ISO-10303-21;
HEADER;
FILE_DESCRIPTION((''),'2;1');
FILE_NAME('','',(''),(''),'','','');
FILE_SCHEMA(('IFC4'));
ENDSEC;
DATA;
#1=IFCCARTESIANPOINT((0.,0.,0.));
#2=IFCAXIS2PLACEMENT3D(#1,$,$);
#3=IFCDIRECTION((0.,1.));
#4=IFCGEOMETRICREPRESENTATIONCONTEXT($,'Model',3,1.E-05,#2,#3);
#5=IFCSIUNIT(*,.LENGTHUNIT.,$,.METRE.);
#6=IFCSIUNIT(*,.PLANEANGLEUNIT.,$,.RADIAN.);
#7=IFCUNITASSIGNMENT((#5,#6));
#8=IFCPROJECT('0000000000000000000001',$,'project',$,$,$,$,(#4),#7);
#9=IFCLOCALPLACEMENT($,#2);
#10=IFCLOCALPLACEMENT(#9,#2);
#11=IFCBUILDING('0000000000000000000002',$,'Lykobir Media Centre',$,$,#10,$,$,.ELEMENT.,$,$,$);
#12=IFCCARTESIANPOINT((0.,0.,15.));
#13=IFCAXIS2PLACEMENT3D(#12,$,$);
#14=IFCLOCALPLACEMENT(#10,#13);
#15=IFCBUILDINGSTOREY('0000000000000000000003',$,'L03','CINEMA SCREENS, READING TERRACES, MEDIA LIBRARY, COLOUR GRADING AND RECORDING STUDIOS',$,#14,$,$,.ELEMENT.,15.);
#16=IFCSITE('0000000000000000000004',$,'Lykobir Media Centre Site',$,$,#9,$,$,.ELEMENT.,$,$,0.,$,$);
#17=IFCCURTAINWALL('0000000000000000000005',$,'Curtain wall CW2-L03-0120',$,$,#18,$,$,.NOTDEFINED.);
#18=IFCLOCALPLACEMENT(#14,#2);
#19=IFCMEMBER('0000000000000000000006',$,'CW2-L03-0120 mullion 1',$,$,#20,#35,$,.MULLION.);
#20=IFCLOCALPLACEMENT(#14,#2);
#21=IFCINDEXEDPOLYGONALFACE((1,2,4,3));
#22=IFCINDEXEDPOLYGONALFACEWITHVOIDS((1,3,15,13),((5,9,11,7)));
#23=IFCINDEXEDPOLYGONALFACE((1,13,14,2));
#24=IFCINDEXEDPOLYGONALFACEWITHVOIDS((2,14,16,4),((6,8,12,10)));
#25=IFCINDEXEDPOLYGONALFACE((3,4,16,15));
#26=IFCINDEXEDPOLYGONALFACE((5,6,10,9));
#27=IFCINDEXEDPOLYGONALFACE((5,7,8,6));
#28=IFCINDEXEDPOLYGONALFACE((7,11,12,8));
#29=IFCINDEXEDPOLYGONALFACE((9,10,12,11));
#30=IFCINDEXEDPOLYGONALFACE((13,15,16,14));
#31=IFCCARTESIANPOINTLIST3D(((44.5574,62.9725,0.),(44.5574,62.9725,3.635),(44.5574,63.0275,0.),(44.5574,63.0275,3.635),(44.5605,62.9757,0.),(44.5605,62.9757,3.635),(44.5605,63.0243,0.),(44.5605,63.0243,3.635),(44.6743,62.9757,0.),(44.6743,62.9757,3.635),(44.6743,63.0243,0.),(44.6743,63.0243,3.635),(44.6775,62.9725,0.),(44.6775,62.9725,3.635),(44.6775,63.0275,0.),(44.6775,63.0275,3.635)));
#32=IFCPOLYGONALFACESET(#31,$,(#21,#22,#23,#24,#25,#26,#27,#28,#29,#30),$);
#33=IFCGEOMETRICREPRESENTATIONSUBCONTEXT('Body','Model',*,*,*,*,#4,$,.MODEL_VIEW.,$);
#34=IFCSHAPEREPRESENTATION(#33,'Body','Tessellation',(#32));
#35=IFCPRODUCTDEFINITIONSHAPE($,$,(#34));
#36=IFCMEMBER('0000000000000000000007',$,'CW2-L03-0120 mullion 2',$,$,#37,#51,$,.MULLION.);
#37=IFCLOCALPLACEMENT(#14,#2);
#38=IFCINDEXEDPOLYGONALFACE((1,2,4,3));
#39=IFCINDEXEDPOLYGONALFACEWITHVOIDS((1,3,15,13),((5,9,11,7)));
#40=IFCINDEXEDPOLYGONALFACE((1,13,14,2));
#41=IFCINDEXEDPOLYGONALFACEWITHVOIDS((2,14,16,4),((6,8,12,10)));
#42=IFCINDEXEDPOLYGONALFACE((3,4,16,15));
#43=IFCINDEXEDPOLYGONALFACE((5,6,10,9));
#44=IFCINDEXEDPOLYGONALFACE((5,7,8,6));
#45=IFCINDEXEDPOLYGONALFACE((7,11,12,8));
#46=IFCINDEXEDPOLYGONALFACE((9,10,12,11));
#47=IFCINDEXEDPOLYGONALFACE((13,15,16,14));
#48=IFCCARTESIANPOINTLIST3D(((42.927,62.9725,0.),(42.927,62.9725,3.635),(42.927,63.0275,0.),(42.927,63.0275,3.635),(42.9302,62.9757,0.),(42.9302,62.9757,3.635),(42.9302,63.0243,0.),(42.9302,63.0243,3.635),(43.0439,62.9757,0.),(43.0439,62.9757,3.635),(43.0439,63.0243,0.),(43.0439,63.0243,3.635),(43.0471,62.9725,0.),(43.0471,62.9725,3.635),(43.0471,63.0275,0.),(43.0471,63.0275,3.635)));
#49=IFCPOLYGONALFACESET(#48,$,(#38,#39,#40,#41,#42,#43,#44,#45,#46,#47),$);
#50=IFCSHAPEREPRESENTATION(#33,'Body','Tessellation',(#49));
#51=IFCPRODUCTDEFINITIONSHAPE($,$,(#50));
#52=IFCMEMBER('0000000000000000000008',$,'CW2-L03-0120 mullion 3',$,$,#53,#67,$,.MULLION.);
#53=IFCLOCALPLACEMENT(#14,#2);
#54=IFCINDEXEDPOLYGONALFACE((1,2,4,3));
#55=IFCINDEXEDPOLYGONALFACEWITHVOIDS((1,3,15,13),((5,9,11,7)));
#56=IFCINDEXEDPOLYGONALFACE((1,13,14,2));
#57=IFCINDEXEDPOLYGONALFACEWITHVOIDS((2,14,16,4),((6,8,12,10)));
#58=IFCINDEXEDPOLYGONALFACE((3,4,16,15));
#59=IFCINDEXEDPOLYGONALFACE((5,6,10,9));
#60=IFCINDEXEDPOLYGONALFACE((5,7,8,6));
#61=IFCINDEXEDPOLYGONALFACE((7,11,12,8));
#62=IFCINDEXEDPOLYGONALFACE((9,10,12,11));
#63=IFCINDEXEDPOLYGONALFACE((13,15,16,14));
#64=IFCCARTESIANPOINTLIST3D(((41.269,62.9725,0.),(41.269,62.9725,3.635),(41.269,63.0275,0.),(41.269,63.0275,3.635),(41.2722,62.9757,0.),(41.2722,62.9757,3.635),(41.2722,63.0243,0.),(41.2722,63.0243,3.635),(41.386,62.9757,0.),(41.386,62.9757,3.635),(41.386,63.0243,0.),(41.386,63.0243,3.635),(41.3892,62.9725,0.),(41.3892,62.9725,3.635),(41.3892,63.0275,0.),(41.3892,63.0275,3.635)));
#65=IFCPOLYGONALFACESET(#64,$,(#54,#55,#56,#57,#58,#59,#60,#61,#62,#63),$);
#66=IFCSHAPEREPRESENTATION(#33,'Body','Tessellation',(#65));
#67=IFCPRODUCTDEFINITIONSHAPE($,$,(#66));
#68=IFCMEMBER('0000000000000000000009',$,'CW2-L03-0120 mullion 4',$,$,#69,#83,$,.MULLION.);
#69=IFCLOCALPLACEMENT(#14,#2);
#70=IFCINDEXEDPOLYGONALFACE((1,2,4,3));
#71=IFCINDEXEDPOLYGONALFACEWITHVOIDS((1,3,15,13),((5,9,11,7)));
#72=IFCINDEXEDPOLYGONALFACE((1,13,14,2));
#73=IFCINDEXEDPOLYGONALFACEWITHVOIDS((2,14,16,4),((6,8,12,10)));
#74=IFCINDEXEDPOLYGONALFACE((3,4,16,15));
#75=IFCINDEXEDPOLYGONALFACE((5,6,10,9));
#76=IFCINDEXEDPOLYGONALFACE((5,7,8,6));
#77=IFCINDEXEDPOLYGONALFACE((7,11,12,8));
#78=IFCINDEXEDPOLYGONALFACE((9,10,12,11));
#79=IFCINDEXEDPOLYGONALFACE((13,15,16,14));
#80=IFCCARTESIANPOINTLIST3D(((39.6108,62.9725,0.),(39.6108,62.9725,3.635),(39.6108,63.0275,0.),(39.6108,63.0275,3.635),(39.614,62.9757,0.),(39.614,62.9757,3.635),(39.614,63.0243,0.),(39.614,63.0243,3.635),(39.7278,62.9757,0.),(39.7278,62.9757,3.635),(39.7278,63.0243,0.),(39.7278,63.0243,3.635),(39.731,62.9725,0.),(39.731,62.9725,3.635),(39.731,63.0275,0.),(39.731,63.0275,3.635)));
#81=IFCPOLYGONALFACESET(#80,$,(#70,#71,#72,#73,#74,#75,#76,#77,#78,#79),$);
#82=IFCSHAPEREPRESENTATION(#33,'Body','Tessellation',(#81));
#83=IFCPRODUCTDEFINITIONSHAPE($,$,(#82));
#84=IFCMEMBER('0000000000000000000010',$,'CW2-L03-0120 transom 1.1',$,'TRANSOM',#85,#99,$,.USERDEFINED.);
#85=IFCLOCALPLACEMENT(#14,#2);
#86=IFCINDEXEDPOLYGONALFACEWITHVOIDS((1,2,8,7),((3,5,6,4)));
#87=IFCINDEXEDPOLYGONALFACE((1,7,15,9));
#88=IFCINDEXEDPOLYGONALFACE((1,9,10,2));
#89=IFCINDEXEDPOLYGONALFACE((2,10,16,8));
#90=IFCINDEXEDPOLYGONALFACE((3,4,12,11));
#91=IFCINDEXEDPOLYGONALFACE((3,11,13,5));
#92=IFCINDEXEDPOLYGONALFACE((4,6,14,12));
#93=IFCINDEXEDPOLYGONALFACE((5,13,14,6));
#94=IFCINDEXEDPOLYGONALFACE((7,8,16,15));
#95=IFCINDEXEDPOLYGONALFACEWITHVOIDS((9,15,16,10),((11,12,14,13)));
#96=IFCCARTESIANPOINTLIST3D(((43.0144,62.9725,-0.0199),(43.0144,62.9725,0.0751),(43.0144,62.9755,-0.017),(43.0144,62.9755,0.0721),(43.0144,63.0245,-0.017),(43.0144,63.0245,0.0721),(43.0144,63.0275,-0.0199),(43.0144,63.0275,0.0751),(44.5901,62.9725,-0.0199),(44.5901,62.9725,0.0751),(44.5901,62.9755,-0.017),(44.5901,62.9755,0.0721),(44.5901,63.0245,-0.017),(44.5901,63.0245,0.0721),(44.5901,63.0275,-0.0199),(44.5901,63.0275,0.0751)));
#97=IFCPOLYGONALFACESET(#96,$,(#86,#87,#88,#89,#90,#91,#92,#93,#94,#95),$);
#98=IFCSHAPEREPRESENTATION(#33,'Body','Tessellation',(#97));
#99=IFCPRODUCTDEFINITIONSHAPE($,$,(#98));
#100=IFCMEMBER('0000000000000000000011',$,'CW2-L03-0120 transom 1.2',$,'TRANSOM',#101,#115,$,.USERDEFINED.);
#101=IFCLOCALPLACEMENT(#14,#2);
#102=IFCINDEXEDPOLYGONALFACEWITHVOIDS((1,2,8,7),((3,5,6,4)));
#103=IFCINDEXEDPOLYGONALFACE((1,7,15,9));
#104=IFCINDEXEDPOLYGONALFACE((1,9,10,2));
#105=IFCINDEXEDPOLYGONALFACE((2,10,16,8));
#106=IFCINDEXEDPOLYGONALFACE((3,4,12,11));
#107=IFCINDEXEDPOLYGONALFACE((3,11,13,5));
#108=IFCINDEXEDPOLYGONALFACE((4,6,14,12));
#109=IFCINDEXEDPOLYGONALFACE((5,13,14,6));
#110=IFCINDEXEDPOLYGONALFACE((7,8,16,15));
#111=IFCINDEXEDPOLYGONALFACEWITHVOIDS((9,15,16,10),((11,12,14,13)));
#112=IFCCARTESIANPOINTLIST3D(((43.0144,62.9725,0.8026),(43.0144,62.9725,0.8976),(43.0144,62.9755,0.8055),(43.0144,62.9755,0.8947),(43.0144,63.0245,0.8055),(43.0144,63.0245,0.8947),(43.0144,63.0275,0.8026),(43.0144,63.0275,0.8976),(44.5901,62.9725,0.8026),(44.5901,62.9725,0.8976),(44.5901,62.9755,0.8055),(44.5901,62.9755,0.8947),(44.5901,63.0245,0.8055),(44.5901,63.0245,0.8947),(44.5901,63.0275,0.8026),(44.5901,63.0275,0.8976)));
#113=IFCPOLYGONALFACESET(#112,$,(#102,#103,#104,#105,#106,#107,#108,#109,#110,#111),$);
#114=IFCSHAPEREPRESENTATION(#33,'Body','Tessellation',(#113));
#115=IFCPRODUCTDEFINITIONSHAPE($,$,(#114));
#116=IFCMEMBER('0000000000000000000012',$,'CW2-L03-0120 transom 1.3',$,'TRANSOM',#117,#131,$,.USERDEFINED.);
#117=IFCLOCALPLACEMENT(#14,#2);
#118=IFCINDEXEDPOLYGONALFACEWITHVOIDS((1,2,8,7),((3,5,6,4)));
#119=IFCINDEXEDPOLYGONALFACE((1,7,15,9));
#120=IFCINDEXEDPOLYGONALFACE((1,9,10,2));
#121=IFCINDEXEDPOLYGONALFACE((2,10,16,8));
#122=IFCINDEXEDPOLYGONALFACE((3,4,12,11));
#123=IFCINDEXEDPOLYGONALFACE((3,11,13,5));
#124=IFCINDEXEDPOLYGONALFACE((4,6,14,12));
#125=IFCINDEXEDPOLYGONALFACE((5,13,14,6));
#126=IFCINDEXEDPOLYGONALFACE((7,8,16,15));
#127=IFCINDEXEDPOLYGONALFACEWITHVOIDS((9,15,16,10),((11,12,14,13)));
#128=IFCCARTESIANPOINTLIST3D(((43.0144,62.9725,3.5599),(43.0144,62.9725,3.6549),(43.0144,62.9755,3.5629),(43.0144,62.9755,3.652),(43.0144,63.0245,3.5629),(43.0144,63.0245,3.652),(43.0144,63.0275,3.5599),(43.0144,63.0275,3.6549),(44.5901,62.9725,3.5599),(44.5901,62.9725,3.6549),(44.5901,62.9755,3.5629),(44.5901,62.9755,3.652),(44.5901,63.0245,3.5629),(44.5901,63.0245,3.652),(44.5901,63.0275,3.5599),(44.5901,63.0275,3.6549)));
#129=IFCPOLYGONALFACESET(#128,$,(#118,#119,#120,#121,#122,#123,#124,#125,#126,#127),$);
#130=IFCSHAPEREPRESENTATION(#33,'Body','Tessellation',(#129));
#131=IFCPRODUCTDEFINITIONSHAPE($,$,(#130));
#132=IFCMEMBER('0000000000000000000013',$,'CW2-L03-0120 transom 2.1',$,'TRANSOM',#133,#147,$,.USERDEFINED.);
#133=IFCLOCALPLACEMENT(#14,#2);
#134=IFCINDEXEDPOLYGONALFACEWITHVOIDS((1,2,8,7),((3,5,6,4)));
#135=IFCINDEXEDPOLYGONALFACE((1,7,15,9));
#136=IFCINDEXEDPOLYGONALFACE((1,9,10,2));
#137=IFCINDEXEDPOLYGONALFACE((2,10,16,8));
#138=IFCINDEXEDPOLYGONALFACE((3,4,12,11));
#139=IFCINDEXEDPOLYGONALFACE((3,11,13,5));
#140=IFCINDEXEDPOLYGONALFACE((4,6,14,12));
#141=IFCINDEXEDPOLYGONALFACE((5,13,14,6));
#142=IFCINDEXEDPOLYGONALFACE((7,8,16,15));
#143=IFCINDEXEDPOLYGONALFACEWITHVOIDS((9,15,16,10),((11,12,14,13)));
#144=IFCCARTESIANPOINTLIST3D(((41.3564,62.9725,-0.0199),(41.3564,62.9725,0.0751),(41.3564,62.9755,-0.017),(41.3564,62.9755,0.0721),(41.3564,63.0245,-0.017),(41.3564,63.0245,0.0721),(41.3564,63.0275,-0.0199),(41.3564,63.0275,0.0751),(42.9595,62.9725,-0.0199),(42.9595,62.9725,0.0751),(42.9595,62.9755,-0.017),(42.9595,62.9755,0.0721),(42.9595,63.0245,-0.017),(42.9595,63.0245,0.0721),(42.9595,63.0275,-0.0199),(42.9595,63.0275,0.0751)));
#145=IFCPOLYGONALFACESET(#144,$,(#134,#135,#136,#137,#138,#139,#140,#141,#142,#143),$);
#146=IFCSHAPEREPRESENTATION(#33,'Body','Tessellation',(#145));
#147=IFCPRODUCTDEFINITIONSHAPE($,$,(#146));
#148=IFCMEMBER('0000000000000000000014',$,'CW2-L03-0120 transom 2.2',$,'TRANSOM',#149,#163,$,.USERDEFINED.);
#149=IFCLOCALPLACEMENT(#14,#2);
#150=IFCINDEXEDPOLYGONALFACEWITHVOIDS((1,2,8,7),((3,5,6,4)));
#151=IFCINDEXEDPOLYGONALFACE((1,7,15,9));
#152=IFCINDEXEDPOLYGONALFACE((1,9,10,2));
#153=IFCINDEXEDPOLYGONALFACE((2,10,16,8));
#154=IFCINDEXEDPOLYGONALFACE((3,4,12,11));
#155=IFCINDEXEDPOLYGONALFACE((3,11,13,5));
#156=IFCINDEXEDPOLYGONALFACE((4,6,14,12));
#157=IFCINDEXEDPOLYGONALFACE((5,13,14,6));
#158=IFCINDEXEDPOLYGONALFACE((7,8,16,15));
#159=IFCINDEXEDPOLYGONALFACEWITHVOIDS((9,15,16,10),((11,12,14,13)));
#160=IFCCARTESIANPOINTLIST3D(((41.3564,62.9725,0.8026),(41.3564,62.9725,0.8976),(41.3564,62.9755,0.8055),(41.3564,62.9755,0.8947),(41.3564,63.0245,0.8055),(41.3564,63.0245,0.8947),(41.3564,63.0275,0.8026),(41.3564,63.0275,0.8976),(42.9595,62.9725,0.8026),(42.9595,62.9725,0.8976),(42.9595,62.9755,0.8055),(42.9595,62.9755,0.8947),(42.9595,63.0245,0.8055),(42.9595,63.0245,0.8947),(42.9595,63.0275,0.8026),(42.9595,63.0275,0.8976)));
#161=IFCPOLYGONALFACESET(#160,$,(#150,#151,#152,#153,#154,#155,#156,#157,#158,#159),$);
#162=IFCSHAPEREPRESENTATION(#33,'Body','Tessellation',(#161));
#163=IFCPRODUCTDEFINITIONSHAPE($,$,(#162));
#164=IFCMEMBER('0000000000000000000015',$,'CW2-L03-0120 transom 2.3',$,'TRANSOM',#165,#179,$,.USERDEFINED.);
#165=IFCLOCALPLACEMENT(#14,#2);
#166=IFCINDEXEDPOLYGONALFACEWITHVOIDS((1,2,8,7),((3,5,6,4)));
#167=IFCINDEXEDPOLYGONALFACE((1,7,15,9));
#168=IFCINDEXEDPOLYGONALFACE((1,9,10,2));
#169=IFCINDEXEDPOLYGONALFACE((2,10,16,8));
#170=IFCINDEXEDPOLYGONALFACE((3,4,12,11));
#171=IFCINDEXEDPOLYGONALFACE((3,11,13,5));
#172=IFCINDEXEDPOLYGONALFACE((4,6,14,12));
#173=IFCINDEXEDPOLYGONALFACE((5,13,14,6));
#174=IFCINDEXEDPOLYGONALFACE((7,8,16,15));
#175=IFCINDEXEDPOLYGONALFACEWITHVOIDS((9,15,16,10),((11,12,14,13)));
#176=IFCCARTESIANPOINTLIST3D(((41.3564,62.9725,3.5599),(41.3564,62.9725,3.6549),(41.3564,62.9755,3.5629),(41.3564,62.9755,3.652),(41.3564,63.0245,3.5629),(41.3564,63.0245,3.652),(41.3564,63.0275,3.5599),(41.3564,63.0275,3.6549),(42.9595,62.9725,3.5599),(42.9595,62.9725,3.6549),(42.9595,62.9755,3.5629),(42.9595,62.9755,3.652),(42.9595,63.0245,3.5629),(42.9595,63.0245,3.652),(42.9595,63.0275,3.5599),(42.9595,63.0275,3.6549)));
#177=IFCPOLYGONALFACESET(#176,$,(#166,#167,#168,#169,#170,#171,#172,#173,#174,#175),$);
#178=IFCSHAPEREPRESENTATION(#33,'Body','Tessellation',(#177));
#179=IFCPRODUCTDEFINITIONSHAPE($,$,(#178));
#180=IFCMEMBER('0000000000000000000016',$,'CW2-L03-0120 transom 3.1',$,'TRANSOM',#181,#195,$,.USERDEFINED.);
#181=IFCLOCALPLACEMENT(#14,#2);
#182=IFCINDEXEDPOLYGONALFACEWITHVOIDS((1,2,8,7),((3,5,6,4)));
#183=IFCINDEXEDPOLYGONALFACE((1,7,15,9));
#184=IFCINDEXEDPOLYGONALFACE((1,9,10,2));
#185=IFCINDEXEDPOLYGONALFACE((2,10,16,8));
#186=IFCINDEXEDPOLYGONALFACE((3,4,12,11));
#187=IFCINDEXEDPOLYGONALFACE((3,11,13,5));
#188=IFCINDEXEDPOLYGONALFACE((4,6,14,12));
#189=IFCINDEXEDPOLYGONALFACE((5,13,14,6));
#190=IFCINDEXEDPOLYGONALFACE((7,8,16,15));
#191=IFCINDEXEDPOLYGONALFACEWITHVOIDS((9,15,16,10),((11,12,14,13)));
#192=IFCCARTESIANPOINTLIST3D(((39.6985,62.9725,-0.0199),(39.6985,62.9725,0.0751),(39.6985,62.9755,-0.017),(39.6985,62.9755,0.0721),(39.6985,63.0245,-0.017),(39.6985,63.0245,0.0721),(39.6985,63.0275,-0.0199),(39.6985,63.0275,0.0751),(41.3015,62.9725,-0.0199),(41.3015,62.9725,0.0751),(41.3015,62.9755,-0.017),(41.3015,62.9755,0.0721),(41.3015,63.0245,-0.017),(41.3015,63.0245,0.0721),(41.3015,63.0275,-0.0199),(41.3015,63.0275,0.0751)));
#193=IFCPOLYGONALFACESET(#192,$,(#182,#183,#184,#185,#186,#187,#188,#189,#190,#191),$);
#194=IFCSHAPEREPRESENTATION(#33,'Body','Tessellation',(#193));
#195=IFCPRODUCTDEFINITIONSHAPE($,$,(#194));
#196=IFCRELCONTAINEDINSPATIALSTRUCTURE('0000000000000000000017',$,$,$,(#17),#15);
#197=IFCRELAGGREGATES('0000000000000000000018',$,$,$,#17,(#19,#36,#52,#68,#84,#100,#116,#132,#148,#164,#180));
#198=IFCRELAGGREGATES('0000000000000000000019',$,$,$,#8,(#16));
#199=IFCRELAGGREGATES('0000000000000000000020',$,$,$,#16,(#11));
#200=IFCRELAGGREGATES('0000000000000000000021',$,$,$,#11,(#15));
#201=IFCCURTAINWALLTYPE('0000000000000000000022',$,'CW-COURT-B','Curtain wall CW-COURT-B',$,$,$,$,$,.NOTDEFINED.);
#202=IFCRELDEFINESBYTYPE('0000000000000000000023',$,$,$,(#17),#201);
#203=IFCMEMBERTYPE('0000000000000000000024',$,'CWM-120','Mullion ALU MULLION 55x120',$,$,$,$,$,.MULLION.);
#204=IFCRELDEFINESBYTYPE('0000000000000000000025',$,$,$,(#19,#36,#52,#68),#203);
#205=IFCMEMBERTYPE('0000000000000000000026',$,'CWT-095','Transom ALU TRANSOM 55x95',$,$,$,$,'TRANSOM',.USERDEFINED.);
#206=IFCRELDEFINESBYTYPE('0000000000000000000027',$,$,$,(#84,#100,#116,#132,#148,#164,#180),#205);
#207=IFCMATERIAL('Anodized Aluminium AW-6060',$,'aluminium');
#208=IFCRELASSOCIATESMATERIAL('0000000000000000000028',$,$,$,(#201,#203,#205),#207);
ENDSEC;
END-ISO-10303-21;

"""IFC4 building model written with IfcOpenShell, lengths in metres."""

from ifc_helpers import new_model, si_unit, direction, frame, origin, origin_2d, place, context, subcontext, project, spatial, hollow_rectangle, extrude, material, material_profile, profile_set, type_object, element, aggregate, save


model = new_model("IFC4")

# Units and contexts
model_context = context("Model", 3, precision=1e-05, world=origin(), true_north=direction((0.0, 1.0)))
body_context = subcontext(model_context, "Body", "Model", "MODEL_VIEW")
ifc_project = project(units=[si_unit("LENGTHUNIT", "METRE"), si_unit("PLANEANGLEUNIT", "RADIAN")], contexts=[model_context])

# Site, building, storey
site_placement = place(None, origin())
site = spatial("IfcSite", under=ifc_project, at=site_placement, Name="Lykobir Media Centre Site", CompositionType="ELEMENT", RefElevation=0.0)
building_placement = place(site_placement, origin())
building = spatial("IfcBuilding", under=site, at=building_placement, Name="Lykobir Media Centre", CompositionType="ELEMENT")
storey_placement = place(building_placement, frame((0.0, 0.0, 15.0)))
storey = spatial("IfcBuildingStorey", under=building, at=storey_placement, Name="L03", Description="CINEMA SCREENS, READING TERRACES, MEDIA LIBRARY, COLOUR GRADING AND RECORDING STUDIOS", CompositionType="ELEMENT", Elevation=15.0)

# Curtain wall, members
ifc_material_1 = material(Name="Anodized Aluminium AW-6060", Category="aluminium")
curtain_wall_type = type_object("IfcCurtainWallType", Name="CW-COURT-B", Description="Curtain wall CW-COURT-B", PredefinedType="NOTDEFINED", material=ifc_material_1)
curtain_wall_placement = place(storey_placement, origin())
curtain_wall = element("IfcCurtainWall", 1, at=curtain_wall_placement, inside=storey, type_object=curtain_wall_type, Name="Curtain wall CW2-L03-0120", PredefinedType="NOTDEFINED")
ifc_material_profile_1 = material_profile(ifc_material_1, hollow_rectangle(XDim=0.0549, YDim=0.1201, WallThickness=0.0032, at=origin_2d()), Name="ALU MULLION 55x120")
ifc_profile_set_1 = profile_set([ifc_material_profile_1], Name="Anodized Aluminium AW-6060")
member_type_1 = type_object("IfcMemberType", Name="CWM-120", Description="Mullion ALU MULLION 55x120", PredefinedType="MULLION", material=ifc_profile_set_1)
member_1_placement = place(storey_placement, frame((44.6174, 63.0, 0.0), z_axis=(0.0, 0.0, 1.0), x_axis=(0.0, -1.0, 0.0)))
member_1 = element("IfcMember", 2, at=member_1_placement, type_object=member_type_1, Name="CW2-L03-0120 mullion 1", PredefinedType="MULLION", context=body_context, shape_type="SweptSolid", body=[
    extrude(hollow_rectangle(XDim=0.0549, YDim=0.1201, WallThickness=0.0032, at=origin_2d()), origin(), (0.0, 0.0, 1.0), 3.635),
])
member_2_placement = place(storey_placement, frame((42.9871, 63.0, 0.0), z_axis=(0.0, 0.0, 1.0), x_axis=(0.0, -1.0, 0.0)))
member_2 = element("IfcMember", 3, at=member_2_placement, type_object=member_type_1, Name="CW2-L03-0120 mullion 2", PredefinedType="MULLION", context=body_context, shape_type="SweptSolid", body=[
    extrude(hollow_rectangle(XDim=0.0549, YDim=0.1201, WallThickness=0.0032, at=origin_2d()), origin(), (0.0, 0.0, 1.0), 3.635),
])
member_3_placement = place(storey_placement, frame((41.3291, 63.0, 0.0), z_axis=(0.0, 0.0, 1.0), x_axis=(0.0, -1.0, 0.0)))
member_3 = element("IfcMember", 4, at=member_3_placement, type_object=member_type_1, Name="CW2-L03-0120 mullion 3", PredefinedType="MULLION", context=body_context, shape_type="SweptSolid", body=[
    extrude(hollow_rectangle(XDim=0.0549, YDim=0.1201, WallThickness=0.0032, at=origin_2d()), origin(), (0.0, 0.0, 1.0), 3.635),
])
member_4_placement = place(storey_placement, frame((39.6709, 63.0, 0.0), z_axis=(0.0, 0.0, 1.0), x_axis=(0.0, -1.0, 0.0)))
member_4 = element("IfcMember", 5, at=member_4_placement, type_object=member_type_1, Name="CW2-L03-0120 mullion 4", PredefinedType="MULLION", context=body_context, shape_type="SweptSolid", body=[
    extrude(hollow_rectangle(XDim=0.0549, YDim=0.1201, WallThickness=0.0032, at=origin_2d()), origin(), (0.0, 0.0, 1.0), 3.635),
])
ifc_material_profile_2 = material_profile(ifc_material_1, hollow_rectangle(XDim=0.0549, YDim=0.095, WallThickness=0.0029, at=origin_2d()), Name="ALU TRANSOM 55x95")
ifc_profile_set_2 = profile_set([ifc_material_profile_2], Name="Anodized Aluminium AW-6060")
member_type_2 = type_object("IfcMemberType", Name="CWT-095", Description="Transom ALU TRANSOM 55x95", ElementType="TRANSOM", PredefinedType="USERDEFINED", material=ifc_profile_set_2)
member_5_placement = place(storey_placement, frame((44.5901, 63.0, 0.0276), z_axis=(-1.0, 0.0, 0.0), x_axis=(0.0, -1.0, 0.0)))
member_5 = element("IfcMember", 6, at=member_5_placement, type_object=member_type_2, Name="CW2-L03-0120 transom 1.1", ObjectType="TRANSOM", PredefinedType="USERDEFINED", context=body_context, shape_type="SweptSolid", body=[
    extrude(hollow_rectangle(XDim=0.0549, YDim=0.095, WallThickness=0.0029, at=origin_2d()), origin(), (0.0, 0.0, 1.0), 1.5757),
])
member_6_placement = place(storey_placement, frame((44.5901, 63.0, 0.8501), z_axis=(-1.0, 0.0, 0.0), x_axis=(0.0, -1.0, 0.0)))
member_6 = element("IfcMember", 7, at=member_6_placement, type_object=member_type_2, Name="CW2-L03-0120 transom 1.2", ObjectType="TRANSOM", PredefinedType="USERDEFINED", context=body_context, shape_type="SweptSolid", body=[
    extrude(hollow_rectangle(XDim=0.0549, YDim=0.095, WallThickness=0.0029, at=origin_2d()), origin(), (0.0, 0.0, 1.0), 1.5757),
])
member_7_placement = place(storey_placement, frame((44.5901, 63.0, 3.6074), z_axis=(-1.0, 0.0, 0.0), x_axis=(0.0, -1.0, 0.0)))
member_7 = element("IfcMember", 8, at=member_7_placement, type_object=member_type_2, Name="CW2-L03-0120 transom 1.3", ObjectType="TRANSOM", PredefinedType="USERDEFINED", context=body_context, shape_type="SweptSolid", body=[
    extrude(hollow_rectangle(XDim=0.0549, YDim=0.095, WallThickness=0.0029, at=origin_2d()), origin(), (0.0, 0.0, 1.0), 1.5757),
])
member_8_placement = place(storey_placement, frame((42.9595, 63.0, 0.0276), z_axis=(-1.0, 0.0, 0.0), x_axis=(0.0, -1.0, 0.0)))
member_8 = element("IfcMember", 9, at=member_8_placement, type_object=member_type_2, Name="CW2-L03-0120 transom 2.1", ObjectType="TRANSOM", PredefinedType="USERDEFINED", context=body_context, shape_type="SweptSolid", body=[
    extrude(hollow_rectangle(XDim=0.0549, YDim=0.095, WallThickness=0.0029, at=origin_2d()), origin(), (0.0, 0.0, 1.0), 1.603),
])
member_9_placement = place(storey_placement, frame((42.9595, 63.0, 0.8501), z_axis=(-1.0, 0.0, 0.0), x_axis=(0.0, -1.0, 0.0)))
member_9 = element("IfcMember", 10, at=member_9_placement, type_object=member_type_2, Name="CW2-L03-0120 transom 2.2", ObjectType="TRANSOM", PredefinedType="USERDEFINED", context=body_context, shape_type="SweptSolid", body=[
    extrude(hollow_rectangle(XDim=0.0549, YDim=0.095, WallThickness=0.0029, at=origin_2d()), origin(), (0.0, 0.0, 1.0), 1.603),
])
member_10_placement = place(storey_placement, frame((42.9595, 63.0, 3.6074), z_axis=(-1.0, 0.0, 0.0), x_axis=(0.0, -1.0, 0.0)))
member_10 = element("IfcMember", 11, at=member_10_placement, type_object=member_type_2, Name="CW2-L03-0120 transom 2.3", ObjectType="TRANSOM", PredefinedType="USERDEFINED", context=body_context, shape_type="SweptSolid", body=[
    extrude(hollow_rectangle(XDim=0.0549, YDim=0.095, WallThickness=0.0029, at=origin_2d()), origin(), (0.0, 0.0, 1.0), 1.603),
])
member_11_placement = place(storey_placement, frame((41.3015, 63.0, 0.0276), z_axis=(-1.0, 0.0, 0.0), x_axis=(0.0, -1.0, 0.0)))
member_11 = element("IfcMember", 12, at=member_11_placement, type_object=member_type_2, Name="CW2-L03-0120 transom 3.1", ObjectType="TRANSOM", PredefinedType="USERDEFINED", context=body_context, shape_type="SweptSolid", body=[
    extrude(hollow_rectangle(XDim=0.0549, YDim=0.095, WallThickness=0.0029, at=origin_2d()), origin(), (0.0, 0.0, 1.0), 1.603),
])
aggregate(curtain_wall, [member_1, member_2, member_3, member_4, member_5, member_6, member_7, member_8, member_9, member_10, member_11])

save(model, "model.ifc")
